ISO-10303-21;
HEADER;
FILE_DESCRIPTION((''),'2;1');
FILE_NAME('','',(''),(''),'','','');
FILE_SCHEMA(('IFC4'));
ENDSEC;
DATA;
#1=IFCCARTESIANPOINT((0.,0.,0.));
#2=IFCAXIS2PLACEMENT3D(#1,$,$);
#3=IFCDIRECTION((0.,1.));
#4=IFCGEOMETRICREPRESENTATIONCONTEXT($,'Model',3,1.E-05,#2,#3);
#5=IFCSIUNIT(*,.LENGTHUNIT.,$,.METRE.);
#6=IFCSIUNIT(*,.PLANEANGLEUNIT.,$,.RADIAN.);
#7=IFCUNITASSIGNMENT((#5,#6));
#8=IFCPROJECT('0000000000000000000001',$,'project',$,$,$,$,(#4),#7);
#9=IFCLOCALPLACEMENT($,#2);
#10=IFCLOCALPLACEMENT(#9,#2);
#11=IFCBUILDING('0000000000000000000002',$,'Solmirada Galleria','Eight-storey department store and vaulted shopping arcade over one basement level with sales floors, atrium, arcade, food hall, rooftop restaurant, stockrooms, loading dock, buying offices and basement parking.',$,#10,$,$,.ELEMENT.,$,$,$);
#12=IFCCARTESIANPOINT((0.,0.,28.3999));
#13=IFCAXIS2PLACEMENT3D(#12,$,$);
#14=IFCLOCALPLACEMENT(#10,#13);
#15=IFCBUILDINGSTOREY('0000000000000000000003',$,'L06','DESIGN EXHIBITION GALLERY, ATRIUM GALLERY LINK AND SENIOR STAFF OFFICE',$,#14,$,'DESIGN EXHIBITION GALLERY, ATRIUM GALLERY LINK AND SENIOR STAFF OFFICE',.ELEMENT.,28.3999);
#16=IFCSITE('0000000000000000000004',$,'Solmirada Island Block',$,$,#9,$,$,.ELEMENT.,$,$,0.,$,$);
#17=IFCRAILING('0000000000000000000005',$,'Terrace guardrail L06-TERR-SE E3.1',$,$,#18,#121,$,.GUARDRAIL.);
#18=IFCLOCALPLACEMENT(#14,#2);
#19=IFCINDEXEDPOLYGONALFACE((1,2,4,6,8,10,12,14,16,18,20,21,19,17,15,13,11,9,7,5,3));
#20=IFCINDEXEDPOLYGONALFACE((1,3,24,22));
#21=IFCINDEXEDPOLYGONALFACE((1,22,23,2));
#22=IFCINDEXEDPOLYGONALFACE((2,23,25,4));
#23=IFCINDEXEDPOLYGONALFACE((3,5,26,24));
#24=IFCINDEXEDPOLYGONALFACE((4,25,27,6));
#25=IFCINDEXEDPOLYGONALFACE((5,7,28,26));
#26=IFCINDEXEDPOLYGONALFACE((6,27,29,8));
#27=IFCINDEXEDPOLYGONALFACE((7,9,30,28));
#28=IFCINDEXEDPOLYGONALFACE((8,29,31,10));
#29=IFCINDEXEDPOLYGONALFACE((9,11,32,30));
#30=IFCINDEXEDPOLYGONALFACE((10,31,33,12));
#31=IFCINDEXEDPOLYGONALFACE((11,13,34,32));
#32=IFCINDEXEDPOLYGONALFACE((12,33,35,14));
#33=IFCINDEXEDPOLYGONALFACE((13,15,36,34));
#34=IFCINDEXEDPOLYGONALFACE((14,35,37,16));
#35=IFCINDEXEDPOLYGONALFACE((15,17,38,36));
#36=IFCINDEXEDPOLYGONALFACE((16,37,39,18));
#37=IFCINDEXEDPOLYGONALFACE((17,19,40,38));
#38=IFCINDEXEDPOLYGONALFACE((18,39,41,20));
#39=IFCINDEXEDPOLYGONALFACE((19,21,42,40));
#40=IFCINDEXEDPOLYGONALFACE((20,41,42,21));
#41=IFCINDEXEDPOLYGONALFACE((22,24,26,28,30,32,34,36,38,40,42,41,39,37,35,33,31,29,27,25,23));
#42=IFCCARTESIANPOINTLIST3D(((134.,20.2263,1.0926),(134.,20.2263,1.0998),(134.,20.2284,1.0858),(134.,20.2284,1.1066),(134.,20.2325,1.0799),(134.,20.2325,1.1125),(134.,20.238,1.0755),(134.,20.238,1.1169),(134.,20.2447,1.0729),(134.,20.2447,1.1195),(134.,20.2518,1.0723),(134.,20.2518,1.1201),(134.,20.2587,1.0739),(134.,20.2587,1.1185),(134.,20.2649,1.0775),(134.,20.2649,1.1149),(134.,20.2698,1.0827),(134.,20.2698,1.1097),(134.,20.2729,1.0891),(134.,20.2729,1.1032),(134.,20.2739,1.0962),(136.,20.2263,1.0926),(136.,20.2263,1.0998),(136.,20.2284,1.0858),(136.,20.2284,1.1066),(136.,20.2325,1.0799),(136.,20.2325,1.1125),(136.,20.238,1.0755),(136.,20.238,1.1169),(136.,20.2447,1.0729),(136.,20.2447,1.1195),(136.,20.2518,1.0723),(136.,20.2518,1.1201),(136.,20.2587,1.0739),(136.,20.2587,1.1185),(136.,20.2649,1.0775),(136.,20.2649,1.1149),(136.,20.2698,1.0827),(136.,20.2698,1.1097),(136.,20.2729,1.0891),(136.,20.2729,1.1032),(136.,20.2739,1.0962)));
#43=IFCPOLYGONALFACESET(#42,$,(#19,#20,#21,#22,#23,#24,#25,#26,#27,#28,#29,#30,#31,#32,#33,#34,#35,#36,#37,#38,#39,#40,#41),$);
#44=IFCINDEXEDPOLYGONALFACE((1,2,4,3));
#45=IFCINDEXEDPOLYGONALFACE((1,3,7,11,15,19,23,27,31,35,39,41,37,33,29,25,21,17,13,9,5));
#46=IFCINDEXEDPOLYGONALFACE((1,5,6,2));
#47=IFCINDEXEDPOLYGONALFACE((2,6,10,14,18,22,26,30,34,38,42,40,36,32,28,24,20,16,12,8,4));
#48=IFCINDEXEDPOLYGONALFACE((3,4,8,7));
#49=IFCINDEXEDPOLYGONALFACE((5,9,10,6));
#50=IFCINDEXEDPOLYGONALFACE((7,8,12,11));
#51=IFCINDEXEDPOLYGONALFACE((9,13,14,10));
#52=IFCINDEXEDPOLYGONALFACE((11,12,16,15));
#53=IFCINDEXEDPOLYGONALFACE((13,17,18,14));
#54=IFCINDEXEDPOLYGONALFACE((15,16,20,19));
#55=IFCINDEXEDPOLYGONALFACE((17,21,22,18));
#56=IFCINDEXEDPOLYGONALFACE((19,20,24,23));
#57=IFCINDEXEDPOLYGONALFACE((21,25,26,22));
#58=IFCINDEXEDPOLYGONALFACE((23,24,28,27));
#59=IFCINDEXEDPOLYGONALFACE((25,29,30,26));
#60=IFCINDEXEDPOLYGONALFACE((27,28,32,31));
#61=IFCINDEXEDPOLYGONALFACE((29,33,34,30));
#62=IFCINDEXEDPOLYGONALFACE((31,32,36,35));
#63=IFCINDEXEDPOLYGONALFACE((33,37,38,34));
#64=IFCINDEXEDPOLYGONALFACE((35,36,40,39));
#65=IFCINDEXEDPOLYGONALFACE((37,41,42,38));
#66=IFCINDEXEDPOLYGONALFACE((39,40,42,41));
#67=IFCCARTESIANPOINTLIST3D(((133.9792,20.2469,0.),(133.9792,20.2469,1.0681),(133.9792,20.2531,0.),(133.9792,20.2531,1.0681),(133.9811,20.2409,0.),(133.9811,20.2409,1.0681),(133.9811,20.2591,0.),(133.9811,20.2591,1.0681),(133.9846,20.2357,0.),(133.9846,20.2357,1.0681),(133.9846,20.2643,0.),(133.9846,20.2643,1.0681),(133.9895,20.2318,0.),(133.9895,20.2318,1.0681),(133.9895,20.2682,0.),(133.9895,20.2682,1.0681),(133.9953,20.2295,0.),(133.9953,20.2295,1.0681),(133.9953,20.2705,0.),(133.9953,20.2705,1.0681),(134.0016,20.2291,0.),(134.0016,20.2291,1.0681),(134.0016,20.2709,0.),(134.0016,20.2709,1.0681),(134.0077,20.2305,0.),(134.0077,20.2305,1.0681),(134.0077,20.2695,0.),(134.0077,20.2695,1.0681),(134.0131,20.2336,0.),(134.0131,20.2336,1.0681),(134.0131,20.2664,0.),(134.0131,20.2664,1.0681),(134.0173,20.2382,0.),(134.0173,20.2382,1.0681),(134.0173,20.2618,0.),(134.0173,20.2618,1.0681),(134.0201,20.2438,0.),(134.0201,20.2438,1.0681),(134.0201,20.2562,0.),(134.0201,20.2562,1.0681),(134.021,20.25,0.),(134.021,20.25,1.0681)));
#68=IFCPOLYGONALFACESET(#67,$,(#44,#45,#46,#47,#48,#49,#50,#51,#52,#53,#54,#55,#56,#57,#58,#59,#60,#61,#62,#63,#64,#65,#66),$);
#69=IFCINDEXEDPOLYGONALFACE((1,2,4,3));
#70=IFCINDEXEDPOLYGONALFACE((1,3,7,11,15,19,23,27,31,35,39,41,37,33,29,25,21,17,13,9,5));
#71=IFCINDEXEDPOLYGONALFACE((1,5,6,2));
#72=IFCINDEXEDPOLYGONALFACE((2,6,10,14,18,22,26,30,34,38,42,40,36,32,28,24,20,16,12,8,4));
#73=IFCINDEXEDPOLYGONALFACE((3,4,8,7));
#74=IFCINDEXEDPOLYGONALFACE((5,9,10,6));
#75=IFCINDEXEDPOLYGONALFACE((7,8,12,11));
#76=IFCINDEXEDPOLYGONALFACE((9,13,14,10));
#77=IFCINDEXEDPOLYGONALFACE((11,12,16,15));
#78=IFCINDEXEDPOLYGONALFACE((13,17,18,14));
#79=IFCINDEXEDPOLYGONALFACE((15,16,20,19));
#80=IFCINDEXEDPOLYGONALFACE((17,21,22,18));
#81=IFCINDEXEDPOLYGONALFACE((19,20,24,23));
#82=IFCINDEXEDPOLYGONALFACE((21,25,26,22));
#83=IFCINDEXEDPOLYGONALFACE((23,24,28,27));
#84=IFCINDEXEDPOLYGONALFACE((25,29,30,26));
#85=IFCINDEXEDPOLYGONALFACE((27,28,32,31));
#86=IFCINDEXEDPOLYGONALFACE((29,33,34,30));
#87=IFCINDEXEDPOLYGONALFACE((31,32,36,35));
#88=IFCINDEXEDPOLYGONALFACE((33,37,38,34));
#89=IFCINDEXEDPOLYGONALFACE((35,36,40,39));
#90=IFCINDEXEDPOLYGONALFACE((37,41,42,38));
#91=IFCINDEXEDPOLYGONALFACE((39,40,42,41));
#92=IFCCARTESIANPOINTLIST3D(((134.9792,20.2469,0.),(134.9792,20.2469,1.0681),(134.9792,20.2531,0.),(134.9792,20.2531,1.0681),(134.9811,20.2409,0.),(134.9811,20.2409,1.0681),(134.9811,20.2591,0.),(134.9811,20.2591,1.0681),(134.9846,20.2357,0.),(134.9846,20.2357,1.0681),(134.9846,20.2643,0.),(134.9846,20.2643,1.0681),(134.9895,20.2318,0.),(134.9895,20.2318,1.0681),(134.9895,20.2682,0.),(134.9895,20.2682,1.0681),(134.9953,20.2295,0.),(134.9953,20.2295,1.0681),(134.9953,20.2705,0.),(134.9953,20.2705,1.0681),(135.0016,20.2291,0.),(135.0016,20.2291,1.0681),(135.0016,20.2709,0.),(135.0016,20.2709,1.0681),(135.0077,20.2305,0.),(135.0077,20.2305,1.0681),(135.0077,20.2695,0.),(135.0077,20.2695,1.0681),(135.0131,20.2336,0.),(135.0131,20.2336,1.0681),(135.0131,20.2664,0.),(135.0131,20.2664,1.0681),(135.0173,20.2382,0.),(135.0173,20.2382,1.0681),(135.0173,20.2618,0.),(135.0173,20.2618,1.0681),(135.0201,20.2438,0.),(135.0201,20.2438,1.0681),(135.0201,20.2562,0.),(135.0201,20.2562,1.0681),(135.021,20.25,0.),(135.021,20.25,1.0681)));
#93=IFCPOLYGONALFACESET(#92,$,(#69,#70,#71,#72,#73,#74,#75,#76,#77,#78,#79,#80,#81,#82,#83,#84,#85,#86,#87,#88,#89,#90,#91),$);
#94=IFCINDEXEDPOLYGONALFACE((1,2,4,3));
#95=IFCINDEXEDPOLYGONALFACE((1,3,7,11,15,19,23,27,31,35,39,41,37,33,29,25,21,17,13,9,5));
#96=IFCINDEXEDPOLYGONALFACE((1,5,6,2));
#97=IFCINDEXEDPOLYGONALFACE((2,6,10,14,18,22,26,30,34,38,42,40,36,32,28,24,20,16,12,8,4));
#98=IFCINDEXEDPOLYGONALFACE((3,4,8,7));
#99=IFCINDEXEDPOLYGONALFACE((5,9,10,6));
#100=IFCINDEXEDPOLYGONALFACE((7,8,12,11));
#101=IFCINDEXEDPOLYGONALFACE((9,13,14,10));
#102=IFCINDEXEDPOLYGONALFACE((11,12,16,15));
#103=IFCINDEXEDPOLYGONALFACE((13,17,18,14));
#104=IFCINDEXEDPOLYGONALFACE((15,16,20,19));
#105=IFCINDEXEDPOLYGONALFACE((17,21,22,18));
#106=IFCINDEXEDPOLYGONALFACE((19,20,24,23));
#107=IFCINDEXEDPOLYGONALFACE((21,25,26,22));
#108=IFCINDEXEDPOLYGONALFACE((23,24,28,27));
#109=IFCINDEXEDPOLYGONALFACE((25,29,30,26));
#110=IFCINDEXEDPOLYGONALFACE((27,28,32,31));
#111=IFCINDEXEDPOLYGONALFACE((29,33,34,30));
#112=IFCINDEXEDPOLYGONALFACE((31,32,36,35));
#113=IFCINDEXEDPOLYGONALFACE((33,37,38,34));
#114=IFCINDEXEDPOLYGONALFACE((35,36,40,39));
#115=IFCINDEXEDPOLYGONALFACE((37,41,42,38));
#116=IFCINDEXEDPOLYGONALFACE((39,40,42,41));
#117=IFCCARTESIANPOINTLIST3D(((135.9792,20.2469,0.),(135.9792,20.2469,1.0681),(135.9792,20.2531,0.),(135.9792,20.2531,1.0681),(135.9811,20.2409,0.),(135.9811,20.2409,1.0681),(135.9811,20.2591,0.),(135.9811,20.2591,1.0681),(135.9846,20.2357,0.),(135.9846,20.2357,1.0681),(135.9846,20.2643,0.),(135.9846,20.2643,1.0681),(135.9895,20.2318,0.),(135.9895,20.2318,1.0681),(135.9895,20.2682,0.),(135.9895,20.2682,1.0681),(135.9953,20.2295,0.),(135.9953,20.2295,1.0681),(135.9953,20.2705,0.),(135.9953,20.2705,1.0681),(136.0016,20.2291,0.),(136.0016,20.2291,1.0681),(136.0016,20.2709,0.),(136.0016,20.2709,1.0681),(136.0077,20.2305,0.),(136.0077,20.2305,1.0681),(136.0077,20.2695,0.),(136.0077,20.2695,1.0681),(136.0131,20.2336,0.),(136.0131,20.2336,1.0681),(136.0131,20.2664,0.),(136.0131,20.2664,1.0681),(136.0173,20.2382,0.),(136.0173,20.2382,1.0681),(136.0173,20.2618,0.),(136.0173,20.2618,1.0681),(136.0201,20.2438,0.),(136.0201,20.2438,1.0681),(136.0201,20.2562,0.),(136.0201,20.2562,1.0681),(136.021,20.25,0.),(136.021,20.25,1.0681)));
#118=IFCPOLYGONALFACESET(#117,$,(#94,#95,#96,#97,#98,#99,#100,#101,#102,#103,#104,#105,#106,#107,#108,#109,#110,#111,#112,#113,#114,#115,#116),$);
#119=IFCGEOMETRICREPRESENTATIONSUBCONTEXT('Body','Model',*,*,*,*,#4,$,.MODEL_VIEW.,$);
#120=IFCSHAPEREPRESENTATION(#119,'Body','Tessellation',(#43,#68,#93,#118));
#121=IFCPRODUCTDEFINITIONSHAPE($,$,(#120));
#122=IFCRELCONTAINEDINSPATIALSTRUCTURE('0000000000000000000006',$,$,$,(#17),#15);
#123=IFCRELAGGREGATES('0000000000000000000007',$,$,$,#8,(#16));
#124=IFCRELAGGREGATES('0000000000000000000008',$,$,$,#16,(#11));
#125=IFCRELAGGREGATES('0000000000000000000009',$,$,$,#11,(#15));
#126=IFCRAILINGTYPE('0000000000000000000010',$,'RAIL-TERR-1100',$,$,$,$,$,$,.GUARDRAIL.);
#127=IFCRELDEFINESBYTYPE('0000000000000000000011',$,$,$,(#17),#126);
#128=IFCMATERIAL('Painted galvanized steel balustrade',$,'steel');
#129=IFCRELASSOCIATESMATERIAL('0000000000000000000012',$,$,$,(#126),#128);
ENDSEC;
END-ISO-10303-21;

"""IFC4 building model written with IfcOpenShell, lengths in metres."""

from ifc_helpers import new_model, si_unit, direction, frame, origin, origin_2d, place, context, subcontext, project, spatial, circle, extrude, material, type_object, element, save


model = new_model("IFC4")

# Units and contexts
model_context = context("Model", 3, precision=1e-05, world=origin(), true_north=direction((0.0, 1.0)))
body_context = subcontext(model_context, "Body", "Model", "MODEL_VIEW")
ifc_project = project(units=[si_unit("LENGTHUNIT", "METRE"), si_unit("PLANEANGLEUNIT", "RADIAN")], contexts=[model_context])

# Site, building, storey
site_placement = place(None, origin())
site = spatial("IfcSite", under=ifc_project, at=site_placement, Name="Solmirada Island Block", CompositionType="ELEMENT", RefElevation=0.0)
building_placement = place(site_placement, origin())
building = spatial("IfcBuilding", under=site, at=building_placement, Name="Solmirada Galleria", Description="Eight-storey department store and vaulted shopping arcade over one basement level with sales floors, atrium, arcade, food hall, rooftop restaurant, stockrooms, loading dock, buying offices and basement parking.", CompositionType="ELEMENT")
storey_placement = place(building_placement, frame((0.0, 0.0, 28.3999)))
storey = spatial("IfcBuildingStorey", under=building, at=storey_placement, Name="L06", Description="DESIGN EXHIBITION GALLERY, ATRIUM GALLERY LINK AND SENIOR STAFF OFFICE", LongName="DESIGN EXHIBITION GALLERY, ATRIUM GALLERY LINK AND SENIOR STAFF OFFICE", CompositionType="ELEMENT", Elevation=28.3999)

# Railing
ifc_material_1 = material(Name="Painted galvanized steel balustrade", Category="steel")
railing_type = type_object("IfcRailingType", Name="RAIL-TERR-1100", PredefinedType="GUARDRAIL", material=ifc_material_1)
railing_1_placement = place(storey_placement, frame((134.0, 20.25, 0.0)))
element("IfcRailing", 1, at=railing_1_placement, inside=storey, type_object=railing_type, Name="Terrace guardrail L06-TERR-SE E3.1", PredefinedType="GUARDRAIL", context=body_context, shape_type="SweptSolid", body=[
    extrude(circle(Radius=0.0239, at=origin_2d()), frame((0.0, 0.0, 1.0962), z_axis=(1.0, 0.0, 0.0), x_axis=(0.0, 1.0, 0.0)), (0.0, 0.0, 1.0), 2.0),
    extrude(circle(Radius=0.021, at=origin_2d()), origin(), (0.0, 0.0, 1.0), 1.0681),
    extrude(circle(Radius=0.021, at=origin_2d()), frame((1.0, 0.0, 0.0)), (0.0, 0.0, 1.0), 1.0681),
    extrude(circle(Radius=0.021, at=origin_2d()), frame((2.0, 0.0, 0.0)), (0.0, 0.0, 1.0), 1.0681),
])

save(model, "model.ifc")
